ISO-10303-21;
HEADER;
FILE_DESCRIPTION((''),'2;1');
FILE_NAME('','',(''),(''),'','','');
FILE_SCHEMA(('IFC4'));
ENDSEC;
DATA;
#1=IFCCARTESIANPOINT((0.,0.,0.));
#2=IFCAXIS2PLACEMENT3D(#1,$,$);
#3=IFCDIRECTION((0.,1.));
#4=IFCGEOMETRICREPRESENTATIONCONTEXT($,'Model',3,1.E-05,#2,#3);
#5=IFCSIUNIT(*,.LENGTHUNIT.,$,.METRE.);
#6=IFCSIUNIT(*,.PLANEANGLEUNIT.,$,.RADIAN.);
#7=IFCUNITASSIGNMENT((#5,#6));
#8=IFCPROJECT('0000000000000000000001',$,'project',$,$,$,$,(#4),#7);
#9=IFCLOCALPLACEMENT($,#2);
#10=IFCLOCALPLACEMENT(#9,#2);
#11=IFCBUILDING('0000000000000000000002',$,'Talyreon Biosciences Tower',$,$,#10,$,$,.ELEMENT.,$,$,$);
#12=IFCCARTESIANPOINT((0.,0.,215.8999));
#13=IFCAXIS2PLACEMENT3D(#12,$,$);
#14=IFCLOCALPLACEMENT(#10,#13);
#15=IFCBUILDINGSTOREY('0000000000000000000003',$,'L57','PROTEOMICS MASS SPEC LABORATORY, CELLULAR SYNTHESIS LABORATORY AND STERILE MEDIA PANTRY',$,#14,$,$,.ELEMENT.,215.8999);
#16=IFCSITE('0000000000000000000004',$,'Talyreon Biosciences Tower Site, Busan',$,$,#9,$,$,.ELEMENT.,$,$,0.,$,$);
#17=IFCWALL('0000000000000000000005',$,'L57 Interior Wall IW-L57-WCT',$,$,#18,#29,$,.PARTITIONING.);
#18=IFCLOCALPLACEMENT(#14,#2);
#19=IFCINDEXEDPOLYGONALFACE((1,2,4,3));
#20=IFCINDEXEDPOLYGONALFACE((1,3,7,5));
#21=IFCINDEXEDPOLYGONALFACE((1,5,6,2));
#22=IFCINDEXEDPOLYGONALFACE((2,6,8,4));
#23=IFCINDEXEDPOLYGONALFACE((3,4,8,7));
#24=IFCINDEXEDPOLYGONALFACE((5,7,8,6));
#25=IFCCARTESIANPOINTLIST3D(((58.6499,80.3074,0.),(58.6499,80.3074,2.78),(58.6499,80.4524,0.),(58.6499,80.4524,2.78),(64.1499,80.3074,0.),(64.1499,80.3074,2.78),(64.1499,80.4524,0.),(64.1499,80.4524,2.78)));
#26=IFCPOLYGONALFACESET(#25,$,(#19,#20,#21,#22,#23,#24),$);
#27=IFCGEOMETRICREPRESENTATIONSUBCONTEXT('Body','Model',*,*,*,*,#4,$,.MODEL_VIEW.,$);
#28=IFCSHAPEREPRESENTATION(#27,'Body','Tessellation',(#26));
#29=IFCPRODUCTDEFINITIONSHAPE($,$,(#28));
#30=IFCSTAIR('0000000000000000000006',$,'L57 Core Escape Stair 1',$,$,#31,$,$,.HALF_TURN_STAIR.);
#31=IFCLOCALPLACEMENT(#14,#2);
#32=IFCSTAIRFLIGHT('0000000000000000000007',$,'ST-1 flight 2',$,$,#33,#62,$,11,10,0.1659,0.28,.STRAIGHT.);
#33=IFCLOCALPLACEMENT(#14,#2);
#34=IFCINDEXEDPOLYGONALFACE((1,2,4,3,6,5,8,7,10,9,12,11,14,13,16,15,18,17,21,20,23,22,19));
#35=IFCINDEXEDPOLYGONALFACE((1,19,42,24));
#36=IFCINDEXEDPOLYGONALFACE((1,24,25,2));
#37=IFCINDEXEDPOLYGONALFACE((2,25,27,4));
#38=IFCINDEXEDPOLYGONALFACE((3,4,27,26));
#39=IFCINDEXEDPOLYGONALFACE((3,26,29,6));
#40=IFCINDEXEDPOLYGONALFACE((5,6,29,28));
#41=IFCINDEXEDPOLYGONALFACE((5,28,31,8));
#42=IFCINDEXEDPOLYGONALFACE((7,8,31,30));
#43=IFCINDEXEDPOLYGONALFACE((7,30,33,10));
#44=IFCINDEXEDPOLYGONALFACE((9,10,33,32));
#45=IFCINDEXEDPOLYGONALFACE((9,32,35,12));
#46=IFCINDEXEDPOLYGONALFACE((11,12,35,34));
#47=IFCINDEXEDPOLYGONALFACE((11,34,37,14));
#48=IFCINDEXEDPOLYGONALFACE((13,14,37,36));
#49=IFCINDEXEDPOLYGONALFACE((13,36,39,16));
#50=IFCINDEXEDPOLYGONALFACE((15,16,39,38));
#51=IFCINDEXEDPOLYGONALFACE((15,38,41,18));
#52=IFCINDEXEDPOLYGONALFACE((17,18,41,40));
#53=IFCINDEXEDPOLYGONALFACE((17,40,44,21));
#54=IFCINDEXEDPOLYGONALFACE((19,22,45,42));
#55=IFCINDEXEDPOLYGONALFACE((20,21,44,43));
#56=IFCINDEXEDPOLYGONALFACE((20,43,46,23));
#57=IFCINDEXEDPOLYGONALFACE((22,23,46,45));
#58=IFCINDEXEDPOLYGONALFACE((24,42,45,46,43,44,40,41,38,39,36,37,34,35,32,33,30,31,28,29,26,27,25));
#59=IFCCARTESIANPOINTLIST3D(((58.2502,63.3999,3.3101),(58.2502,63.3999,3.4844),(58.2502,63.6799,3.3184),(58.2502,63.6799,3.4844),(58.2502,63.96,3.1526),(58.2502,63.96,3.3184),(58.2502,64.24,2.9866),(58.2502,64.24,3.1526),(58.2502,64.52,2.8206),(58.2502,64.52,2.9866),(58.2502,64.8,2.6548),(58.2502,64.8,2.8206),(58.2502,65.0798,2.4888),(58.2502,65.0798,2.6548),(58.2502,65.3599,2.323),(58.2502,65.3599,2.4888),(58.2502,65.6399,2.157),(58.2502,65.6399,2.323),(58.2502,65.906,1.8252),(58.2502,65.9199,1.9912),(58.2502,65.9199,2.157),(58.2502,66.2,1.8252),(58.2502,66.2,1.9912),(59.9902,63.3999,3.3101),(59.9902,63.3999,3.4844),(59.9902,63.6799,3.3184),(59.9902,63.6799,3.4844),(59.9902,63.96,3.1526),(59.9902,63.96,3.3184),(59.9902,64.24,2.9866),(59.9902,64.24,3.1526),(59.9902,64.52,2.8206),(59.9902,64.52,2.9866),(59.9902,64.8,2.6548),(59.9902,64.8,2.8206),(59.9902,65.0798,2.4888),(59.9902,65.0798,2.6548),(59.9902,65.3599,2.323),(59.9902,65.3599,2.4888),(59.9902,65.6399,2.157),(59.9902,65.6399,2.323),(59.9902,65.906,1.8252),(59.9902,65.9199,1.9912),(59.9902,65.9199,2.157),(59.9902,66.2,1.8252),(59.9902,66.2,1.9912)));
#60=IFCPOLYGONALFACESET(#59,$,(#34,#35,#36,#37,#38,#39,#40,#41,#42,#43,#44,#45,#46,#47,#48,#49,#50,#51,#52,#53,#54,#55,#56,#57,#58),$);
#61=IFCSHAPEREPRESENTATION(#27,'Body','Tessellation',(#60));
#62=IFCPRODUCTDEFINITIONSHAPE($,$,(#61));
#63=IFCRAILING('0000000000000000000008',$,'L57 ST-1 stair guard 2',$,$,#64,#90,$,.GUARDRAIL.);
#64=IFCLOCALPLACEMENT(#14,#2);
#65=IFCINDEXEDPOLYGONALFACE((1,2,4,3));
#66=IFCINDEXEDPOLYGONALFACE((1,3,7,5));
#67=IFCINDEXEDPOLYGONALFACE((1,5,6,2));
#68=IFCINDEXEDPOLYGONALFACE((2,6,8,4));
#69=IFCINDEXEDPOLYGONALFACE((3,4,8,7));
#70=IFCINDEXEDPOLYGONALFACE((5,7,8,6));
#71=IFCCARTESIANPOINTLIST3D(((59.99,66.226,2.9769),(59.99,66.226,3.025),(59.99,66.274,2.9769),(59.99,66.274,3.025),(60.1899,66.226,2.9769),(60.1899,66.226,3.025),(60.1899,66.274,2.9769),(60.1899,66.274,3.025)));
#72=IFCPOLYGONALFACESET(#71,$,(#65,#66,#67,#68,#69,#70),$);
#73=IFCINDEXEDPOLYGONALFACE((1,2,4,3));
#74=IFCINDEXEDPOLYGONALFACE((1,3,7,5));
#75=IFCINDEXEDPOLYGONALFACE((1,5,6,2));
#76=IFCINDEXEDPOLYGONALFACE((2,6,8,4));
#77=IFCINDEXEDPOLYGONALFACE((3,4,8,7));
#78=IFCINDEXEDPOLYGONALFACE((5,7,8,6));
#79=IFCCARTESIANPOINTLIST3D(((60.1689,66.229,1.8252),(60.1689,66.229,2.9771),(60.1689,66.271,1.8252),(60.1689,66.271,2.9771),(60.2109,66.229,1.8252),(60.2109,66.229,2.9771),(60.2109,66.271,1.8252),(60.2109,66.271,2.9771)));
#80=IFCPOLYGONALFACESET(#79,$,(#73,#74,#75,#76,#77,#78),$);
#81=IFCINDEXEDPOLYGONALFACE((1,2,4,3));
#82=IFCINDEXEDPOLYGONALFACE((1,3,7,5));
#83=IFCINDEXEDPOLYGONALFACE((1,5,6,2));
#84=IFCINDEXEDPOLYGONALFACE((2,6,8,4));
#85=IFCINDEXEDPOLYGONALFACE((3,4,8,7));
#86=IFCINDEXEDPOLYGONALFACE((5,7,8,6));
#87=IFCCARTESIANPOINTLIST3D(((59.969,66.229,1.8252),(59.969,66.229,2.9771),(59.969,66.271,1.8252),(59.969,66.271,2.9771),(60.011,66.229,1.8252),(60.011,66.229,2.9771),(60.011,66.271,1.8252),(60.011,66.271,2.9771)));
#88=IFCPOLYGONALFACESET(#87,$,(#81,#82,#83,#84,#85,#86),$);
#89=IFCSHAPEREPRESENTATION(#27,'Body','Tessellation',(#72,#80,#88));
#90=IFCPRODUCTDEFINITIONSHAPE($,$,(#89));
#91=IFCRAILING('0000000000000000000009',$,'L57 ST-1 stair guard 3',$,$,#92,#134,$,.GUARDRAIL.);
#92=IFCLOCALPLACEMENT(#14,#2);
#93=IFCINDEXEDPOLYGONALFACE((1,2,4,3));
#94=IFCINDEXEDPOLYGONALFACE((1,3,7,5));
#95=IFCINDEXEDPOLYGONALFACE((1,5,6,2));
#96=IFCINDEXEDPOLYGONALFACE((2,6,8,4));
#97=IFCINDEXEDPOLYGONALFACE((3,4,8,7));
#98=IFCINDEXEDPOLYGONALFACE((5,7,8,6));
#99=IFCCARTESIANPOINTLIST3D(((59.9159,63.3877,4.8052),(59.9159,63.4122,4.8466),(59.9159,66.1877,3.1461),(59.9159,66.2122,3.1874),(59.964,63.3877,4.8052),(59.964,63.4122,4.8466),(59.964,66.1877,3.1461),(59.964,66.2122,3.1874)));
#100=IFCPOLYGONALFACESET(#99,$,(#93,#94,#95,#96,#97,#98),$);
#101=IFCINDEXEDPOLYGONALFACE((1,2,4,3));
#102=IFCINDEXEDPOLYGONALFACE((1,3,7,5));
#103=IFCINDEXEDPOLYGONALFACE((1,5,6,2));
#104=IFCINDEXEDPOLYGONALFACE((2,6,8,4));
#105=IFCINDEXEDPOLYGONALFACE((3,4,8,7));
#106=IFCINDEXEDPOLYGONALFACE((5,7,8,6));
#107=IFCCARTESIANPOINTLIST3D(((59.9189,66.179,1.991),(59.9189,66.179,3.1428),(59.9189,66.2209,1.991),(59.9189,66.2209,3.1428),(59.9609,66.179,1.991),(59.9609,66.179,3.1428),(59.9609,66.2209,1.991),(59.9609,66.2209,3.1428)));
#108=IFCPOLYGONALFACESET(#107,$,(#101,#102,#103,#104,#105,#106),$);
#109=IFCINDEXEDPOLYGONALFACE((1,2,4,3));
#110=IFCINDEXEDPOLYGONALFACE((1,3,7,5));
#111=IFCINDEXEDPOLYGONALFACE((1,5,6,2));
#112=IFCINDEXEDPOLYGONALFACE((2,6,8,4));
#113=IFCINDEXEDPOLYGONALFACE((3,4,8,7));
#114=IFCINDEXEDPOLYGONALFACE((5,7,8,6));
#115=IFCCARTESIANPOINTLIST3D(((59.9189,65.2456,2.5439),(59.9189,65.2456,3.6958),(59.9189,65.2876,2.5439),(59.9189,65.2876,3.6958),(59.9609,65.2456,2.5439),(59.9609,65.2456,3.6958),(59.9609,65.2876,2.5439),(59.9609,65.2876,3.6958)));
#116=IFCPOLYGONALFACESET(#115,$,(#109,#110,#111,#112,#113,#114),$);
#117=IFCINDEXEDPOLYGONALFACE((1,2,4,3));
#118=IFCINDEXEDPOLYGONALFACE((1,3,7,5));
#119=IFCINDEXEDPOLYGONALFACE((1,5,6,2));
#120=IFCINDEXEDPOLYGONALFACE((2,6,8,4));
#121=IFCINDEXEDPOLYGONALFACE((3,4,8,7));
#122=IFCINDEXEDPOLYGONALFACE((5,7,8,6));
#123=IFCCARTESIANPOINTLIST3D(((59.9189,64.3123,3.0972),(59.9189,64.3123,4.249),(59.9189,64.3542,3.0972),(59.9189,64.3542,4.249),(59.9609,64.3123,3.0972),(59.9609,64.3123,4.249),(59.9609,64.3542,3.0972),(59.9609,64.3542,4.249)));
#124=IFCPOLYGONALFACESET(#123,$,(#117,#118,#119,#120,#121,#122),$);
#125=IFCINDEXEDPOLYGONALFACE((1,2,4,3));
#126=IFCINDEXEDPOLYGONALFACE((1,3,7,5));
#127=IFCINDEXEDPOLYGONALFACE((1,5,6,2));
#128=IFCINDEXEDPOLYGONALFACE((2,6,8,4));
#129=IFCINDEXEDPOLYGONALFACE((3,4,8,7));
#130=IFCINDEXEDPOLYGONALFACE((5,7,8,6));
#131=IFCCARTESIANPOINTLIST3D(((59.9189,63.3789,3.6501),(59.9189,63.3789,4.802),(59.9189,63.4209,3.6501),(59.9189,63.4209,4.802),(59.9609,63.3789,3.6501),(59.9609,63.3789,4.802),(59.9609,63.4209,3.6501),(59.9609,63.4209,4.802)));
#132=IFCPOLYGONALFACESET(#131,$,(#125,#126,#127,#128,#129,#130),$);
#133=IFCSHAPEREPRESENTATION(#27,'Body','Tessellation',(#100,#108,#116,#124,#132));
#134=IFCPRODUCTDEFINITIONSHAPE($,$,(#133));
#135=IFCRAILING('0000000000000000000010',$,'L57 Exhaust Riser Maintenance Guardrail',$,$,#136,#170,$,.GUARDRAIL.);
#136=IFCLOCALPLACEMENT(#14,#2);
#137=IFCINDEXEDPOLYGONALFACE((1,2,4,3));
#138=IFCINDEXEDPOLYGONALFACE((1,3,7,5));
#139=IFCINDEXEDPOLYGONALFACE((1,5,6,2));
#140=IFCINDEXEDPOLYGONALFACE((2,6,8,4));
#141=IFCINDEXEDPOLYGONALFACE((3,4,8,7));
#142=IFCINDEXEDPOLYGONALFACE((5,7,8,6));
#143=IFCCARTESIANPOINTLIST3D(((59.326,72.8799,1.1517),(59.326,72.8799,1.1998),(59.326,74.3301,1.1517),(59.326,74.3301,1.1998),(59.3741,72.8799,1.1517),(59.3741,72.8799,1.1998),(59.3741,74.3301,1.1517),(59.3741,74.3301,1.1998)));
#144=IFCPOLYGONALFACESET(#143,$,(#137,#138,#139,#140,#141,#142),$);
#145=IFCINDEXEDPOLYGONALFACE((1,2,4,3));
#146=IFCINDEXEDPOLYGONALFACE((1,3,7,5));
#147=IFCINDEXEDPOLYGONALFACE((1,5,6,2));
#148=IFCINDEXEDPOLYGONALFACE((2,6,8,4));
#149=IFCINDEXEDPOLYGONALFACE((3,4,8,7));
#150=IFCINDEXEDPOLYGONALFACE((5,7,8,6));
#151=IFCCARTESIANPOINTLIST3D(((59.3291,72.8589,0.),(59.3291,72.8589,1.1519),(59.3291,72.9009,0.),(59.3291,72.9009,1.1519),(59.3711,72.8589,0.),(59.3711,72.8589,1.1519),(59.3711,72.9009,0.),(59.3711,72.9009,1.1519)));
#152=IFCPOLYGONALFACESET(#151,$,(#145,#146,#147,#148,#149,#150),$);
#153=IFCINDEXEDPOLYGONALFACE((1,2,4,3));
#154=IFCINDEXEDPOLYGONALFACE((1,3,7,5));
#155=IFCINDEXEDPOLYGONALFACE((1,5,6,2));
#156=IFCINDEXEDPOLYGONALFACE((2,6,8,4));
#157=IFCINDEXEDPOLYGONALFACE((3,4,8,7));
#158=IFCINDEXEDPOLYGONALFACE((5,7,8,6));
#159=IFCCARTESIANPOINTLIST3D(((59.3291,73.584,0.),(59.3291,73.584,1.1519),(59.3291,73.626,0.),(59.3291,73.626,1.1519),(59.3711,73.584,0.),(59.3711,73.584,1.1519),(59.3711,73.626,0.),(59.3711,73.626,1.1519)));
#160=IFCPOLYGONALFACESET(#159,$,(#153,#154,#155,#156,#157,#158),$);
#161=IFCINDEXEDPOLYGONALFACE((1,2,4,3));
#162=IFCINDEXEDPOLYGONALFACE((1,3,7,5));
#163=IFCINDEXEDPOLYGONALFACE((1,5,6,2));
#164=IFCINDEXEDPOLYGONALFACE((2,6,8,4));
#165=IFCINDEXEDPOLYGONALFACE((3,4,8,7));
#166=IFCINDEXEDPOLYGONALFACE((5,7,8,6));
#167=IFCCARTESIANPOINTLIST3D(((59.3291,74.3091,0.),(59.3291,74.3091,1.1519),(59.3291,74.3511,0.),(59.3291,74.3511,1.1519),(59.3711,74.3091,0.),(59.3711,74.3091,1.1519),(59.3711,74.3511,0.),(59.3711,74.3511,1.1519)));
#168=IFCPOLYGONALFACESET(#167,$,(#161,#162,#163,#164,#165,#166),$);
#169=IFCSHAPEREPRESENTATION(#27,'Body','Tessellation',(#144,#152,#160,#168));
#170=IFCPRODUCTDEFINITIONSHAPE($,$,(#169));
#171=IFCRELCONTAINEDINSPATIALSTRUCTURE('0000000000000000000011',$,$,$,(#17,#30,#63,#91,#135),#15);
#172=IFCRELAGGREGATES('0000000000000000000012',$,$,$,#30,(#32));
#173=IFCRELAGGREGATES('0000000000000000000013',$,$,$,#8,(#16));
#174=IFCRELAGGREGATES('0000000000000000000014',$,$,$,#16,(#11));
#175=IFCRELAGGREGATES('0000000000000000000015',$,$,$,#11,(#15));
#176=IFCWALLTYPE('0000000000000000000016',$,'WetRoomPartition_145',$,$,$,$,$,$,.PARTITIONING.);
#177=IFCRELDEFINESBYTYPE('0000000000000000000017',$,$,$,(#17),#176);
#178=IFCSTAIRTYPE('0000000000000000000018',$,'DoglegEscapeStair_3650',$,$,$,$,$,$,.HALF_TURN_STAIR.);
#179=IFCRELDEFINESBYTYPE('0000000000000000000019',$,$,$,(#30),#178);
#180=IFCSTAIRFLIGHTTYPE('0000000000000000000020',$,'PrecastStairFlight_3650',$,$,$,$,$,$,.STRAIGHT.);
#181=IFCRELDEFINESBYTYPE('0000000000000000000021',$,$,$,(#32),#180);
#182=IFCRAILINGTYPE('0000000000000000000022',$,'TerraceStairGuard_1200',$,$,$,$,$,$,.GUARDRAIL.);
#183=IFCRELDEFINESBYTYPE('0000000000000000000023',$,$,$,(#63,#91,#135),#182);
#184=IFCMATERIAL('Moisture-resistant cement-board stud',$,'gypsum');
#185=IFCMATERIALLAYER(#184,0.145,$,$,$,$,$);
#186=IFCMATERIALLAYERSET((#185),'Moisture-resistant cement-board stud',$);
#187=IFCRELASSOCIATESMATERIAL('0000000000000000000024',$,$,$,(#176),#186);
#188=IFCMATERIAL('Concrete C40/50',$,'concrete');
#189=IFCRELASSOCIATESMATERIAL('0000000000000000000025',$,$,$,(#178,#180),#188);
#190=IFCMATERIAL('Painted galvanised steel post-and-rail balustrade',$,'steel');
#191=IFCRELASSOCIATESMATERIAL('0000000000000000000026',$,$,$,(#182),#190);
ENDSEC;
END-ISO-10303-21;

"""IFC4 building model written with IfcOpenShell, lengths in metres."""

from ifc_helpers import new_model, si_unit, direction, frame, frame_2d, origin, origin_2d, place, context, subcontext, project, spatial, polyline, rectangle, outline, extrude, material, layer, layer_set, type_object, element, aggregate, save


model = new_model("IFC4")

# Units and contexts
model_context = context("Model", 3, precision=1e-05, world=origin(), true_north=direction((0.0, 1.0)))
body_context = subcontext(model_context, "Body", "Model", "MODEL_VIEW")
ifc_project = project(units=[si_unit("LENGTHUNIT", "METRE"), si_unit("PLANEANGLEUNIT", "RADIAN")], contexts=[model_context])

# Site, building, storey
site_placement = place(None, origin())
site = spatial("IfcSite", under=ifc_project, at=site_placement, Name="Talyreon Biosciences Tower Site, Busan", CompositionType="ELEMENT", RefElevation=0.0)
building_placement = place(site_placement, origin())
building = spatial("IfcBuilding", under=site, at=building_placement, Name="Talyreon Biosciences Tower", CompositionType="ELEMENT")
storey_placement = place(building_placement, frame((0.0, 0.0, 215.8999)))
storey = spatial("IfcBuildingStorey", under=building, at=storey_placement, Name="L57", Description="PROTEOMICS MASS SPEC LABORATORY, CELLULAR SYNTHESIS LABORATORY AND STERILE MEDIA PANTRY", CompositionType="ELEMENT", Elevation=215.8999)

# Wall
ifc_material_1 = material(Name="Moisture-resistant cement-board stud", Category="gypsum")
ifc_layer_1 = layer(ifc_material_1, 0.145)
ifc_layer_set_1 = layer_set([ifc_layer_1], Name="Moisture-resistant cement-board stud")
wall_type_1 = type_object("IfcWallType", Name="WetRoomPartition_145", PredefinedType="PARTITIONING", material=ifc_layer_set_1)
wall_1_placement = place(storey_placement, frame((58.6499, 80.3799, 0.0), z_axis=(0.0, 0.0, 1.0), x_axis=(1.0, 0.0, 0.0)))
element("IfcWall", 1, at=wall_1_placement, inside=storey, type_object=wall_type_1, Name="L57 Interior Wall IW-L57-WCT", PredefinedType="PARTITIONING", context=body_context, shape_type="SweptSolid", body=[
    extrude(rectangle(XDim=5.5, YDim=0.145, at=frame_2d((2.75, 0.0))), origin(), (0.0, 0.0, 1.0), 2.78),
])

# Stair, stair flight
ifc_material_2 = material(Name="Concrete C40/50", Category="concrete")
stair_type = type_object("IfcStairType", Name="DoglegEscapeStair_3650", PredefinedType="HALF_TURN_STAIR", material=ifc_material_2)
stair_placement = place(storey_placement, origin())
stair = element("IfcStair", 2, at=stair_placement, inside=storey, type_object=stair_type, Name="L57 Core Escape Stair 1", PredefinedType="HALF_TURN_STAIR")
stair_flight_type = type_object("IfcStairFlightType", Name="PrecastStairFlight_3650", PredefinedType="STRAIGHT", material=ifc_material_2)
stair_flight_placement = place(storey_placement, frame((59.1201, 66.2, 1.8252), z_axis=(0.0, 0.0, 1.0), x_axis=(0.0, -1.0, 0.0)))
stair_flight = element("IfcStairFlight", 3, at=stair_flight_placement, type_object=stair_flight_type, Name="ST-1 flight 2", NumberOfRisers=11, NumberOfTreads=10, PredefinedType="STRAIGHT", RiserHeight=0.1659, TreadLength=0.28, context=body_context, shape_type="SweptSolid", body=[
    extrude(outline(polyline([(0.0, 0.0), (0.0, 0.166), (0.28, 0.166), (0.28, 0.3318), (0.5601, 0.3318), (0.5601, 0.4978), (0.8401, 0.4978), (0.8401, 0.6636), (1.1201, 0.6636), (1.1201, 0.8296), (1.3999, 0.8296), (1.3999, 0.9954), (1.6799, 0.9954), (1.6799, 1.1614), (1.96, 1.1614), (1.96, 1.3274), (2.24, 1.3274), (2.24, 1.4932), (2.52, 1.4932), (2.52, 1.6592), (2.8, 1.6592), (2.8, 1.825), (2.8, 1.4849), (0.2939, 0.0), (0.0, 0.0)])), frame((0.0, 0.8701, 0.0), z_axis=(0.0, -1.0, 0.0), x_axis=(1.0, 0.0, 0.0)), (0.0, 0.0, 1.0), 1.74),
])
aggregate(stair, [stair_flight])

# Railings
ifc_material_3 = material(Name="Painted galvanised steel post-and-rail balustrade", Category="steel")
railing_type = type_object("IfcRailingType", Name="TerraceStairGuard_1200", PredefinedType="GUARDRAIL", material=ifc_material_3)
railing_1_placement = place(storey_placement, frame((60.1899, 66.25, 1.8252)))
element("IfcRailing", 4, at=railing_1_placement, inside=storey, type_object=railing_type, Name="L57 ST-1 stair guard 2", PredefinedType="GUARDRAIL", context=body_context, shape_type="SweptSolid", body=[
    extrude(rectangle(XDim=0.0481, YDim=0.0481, at=origin_2d()), frame((0.0, 0.0, 1.1758), z_axis=(-1.0, 0.0, 0.0), x_axis=(0.0, -1.0, 0.0)), (0.0, 0.0, 1.0), 0.2),
    extrude(rectangle(XDim=0.042, YDim=0.042, at=origin_2d()), origin(), (0.0, 0.0, 1.0), 1.1519),
    extrude(rectangle(XDim=0.042, YDim=0.042, at=origin_2d()), frame((-0.2, 0.0, 0.0)), (0.0, 0.0, 1.0), 1.1519),
])
railing_2_placement = place(storey_placement, frame((59.9399, 66.2, 1.991)))
element("IfcRailing", 5, at=railing_2_placement, inside=storey, type_object=railing_type, Name="L57 ST-1 stair guard 3", PredefinedType="GUARDRAIL", context=body_context, shape_type="SweptSolid", body=[
    extrude(rectangle(XDim=0.0481, YDim=0.0481, at=origin_2d()), frame((0.0, 0.0, 1.1758), z_axis=(0.0, -0.860306, 0.509778), x_axis=(1.0, 0.0, 0.0)), (0.0, 0.0, 1.0), 3.2546),
    extrude(rectangle(XDim=0.042, YDim=0.042, at=origin_2d()), origin(), (0.0, 0.0, 1.0), 1.1519),
    extrude(rectangle(XDim=0.042, YDim=0.042, at=origin_2d()), frame((0.0, -0.9333, 0.553)), (0.0, 0.0, 1.0), 1.1519),
    extrude(rectangle(XDim=0.042, YDim=0.042, at=origin_2d()), frame((0.0, -1.8667, 1.1062)), (0.0, 0.0, 1.0), 1.1519),
    extrude(rectangle(XDim=0.042, YDim=0.042, at=origin_2d()), frame((0.0, -2.8, 1.6592)), (0.0, 0.0, 1.0), 1.1519),
])
railing_3_placement = place(storey_placement, frame((59.3501, 72.8799, 0.0)))
element("IfcRailing", 6, at=railing_3_placement, inside=storey, type_object=railing_type, Name="L57 Exhaust Riser Maintenance Guardrail", PredefinedType="GUARDRAIL", context=body_context, shape_type="SweptSolid", body=[
    extrude(rectangle(XDim=0.0481, YDim=0.0481, at=origin_2d()), frame((0.0, 0.0, 1.1758), z_axis=(0.0, 1.0, 0.0), x_axis=(-1.0, 0.0, 0.0)), (0.0, 0.0, 1.0), 1.4502),
    extrude(rectangle(XDim=0.042, YDim=0.042, at=origin_2d()), origin(), (0.0, 0.0, 1.0), 1.1519),
    extrude(rectangle(XDim=0.042, YDim=0.042, at=origin_2d()), frame((0.0, 0.7251, 0.0)), (0.0, 0.0, 1.0), 1.1519),
    extrude(rectangle(XDim=0.042, YDim=0.042, at=origin_2d()), frame((0.0, 1.4502, 0.0)), (0.0, 0.0, 1.0), 1.1519),
])

save(model, "model.ifc")
